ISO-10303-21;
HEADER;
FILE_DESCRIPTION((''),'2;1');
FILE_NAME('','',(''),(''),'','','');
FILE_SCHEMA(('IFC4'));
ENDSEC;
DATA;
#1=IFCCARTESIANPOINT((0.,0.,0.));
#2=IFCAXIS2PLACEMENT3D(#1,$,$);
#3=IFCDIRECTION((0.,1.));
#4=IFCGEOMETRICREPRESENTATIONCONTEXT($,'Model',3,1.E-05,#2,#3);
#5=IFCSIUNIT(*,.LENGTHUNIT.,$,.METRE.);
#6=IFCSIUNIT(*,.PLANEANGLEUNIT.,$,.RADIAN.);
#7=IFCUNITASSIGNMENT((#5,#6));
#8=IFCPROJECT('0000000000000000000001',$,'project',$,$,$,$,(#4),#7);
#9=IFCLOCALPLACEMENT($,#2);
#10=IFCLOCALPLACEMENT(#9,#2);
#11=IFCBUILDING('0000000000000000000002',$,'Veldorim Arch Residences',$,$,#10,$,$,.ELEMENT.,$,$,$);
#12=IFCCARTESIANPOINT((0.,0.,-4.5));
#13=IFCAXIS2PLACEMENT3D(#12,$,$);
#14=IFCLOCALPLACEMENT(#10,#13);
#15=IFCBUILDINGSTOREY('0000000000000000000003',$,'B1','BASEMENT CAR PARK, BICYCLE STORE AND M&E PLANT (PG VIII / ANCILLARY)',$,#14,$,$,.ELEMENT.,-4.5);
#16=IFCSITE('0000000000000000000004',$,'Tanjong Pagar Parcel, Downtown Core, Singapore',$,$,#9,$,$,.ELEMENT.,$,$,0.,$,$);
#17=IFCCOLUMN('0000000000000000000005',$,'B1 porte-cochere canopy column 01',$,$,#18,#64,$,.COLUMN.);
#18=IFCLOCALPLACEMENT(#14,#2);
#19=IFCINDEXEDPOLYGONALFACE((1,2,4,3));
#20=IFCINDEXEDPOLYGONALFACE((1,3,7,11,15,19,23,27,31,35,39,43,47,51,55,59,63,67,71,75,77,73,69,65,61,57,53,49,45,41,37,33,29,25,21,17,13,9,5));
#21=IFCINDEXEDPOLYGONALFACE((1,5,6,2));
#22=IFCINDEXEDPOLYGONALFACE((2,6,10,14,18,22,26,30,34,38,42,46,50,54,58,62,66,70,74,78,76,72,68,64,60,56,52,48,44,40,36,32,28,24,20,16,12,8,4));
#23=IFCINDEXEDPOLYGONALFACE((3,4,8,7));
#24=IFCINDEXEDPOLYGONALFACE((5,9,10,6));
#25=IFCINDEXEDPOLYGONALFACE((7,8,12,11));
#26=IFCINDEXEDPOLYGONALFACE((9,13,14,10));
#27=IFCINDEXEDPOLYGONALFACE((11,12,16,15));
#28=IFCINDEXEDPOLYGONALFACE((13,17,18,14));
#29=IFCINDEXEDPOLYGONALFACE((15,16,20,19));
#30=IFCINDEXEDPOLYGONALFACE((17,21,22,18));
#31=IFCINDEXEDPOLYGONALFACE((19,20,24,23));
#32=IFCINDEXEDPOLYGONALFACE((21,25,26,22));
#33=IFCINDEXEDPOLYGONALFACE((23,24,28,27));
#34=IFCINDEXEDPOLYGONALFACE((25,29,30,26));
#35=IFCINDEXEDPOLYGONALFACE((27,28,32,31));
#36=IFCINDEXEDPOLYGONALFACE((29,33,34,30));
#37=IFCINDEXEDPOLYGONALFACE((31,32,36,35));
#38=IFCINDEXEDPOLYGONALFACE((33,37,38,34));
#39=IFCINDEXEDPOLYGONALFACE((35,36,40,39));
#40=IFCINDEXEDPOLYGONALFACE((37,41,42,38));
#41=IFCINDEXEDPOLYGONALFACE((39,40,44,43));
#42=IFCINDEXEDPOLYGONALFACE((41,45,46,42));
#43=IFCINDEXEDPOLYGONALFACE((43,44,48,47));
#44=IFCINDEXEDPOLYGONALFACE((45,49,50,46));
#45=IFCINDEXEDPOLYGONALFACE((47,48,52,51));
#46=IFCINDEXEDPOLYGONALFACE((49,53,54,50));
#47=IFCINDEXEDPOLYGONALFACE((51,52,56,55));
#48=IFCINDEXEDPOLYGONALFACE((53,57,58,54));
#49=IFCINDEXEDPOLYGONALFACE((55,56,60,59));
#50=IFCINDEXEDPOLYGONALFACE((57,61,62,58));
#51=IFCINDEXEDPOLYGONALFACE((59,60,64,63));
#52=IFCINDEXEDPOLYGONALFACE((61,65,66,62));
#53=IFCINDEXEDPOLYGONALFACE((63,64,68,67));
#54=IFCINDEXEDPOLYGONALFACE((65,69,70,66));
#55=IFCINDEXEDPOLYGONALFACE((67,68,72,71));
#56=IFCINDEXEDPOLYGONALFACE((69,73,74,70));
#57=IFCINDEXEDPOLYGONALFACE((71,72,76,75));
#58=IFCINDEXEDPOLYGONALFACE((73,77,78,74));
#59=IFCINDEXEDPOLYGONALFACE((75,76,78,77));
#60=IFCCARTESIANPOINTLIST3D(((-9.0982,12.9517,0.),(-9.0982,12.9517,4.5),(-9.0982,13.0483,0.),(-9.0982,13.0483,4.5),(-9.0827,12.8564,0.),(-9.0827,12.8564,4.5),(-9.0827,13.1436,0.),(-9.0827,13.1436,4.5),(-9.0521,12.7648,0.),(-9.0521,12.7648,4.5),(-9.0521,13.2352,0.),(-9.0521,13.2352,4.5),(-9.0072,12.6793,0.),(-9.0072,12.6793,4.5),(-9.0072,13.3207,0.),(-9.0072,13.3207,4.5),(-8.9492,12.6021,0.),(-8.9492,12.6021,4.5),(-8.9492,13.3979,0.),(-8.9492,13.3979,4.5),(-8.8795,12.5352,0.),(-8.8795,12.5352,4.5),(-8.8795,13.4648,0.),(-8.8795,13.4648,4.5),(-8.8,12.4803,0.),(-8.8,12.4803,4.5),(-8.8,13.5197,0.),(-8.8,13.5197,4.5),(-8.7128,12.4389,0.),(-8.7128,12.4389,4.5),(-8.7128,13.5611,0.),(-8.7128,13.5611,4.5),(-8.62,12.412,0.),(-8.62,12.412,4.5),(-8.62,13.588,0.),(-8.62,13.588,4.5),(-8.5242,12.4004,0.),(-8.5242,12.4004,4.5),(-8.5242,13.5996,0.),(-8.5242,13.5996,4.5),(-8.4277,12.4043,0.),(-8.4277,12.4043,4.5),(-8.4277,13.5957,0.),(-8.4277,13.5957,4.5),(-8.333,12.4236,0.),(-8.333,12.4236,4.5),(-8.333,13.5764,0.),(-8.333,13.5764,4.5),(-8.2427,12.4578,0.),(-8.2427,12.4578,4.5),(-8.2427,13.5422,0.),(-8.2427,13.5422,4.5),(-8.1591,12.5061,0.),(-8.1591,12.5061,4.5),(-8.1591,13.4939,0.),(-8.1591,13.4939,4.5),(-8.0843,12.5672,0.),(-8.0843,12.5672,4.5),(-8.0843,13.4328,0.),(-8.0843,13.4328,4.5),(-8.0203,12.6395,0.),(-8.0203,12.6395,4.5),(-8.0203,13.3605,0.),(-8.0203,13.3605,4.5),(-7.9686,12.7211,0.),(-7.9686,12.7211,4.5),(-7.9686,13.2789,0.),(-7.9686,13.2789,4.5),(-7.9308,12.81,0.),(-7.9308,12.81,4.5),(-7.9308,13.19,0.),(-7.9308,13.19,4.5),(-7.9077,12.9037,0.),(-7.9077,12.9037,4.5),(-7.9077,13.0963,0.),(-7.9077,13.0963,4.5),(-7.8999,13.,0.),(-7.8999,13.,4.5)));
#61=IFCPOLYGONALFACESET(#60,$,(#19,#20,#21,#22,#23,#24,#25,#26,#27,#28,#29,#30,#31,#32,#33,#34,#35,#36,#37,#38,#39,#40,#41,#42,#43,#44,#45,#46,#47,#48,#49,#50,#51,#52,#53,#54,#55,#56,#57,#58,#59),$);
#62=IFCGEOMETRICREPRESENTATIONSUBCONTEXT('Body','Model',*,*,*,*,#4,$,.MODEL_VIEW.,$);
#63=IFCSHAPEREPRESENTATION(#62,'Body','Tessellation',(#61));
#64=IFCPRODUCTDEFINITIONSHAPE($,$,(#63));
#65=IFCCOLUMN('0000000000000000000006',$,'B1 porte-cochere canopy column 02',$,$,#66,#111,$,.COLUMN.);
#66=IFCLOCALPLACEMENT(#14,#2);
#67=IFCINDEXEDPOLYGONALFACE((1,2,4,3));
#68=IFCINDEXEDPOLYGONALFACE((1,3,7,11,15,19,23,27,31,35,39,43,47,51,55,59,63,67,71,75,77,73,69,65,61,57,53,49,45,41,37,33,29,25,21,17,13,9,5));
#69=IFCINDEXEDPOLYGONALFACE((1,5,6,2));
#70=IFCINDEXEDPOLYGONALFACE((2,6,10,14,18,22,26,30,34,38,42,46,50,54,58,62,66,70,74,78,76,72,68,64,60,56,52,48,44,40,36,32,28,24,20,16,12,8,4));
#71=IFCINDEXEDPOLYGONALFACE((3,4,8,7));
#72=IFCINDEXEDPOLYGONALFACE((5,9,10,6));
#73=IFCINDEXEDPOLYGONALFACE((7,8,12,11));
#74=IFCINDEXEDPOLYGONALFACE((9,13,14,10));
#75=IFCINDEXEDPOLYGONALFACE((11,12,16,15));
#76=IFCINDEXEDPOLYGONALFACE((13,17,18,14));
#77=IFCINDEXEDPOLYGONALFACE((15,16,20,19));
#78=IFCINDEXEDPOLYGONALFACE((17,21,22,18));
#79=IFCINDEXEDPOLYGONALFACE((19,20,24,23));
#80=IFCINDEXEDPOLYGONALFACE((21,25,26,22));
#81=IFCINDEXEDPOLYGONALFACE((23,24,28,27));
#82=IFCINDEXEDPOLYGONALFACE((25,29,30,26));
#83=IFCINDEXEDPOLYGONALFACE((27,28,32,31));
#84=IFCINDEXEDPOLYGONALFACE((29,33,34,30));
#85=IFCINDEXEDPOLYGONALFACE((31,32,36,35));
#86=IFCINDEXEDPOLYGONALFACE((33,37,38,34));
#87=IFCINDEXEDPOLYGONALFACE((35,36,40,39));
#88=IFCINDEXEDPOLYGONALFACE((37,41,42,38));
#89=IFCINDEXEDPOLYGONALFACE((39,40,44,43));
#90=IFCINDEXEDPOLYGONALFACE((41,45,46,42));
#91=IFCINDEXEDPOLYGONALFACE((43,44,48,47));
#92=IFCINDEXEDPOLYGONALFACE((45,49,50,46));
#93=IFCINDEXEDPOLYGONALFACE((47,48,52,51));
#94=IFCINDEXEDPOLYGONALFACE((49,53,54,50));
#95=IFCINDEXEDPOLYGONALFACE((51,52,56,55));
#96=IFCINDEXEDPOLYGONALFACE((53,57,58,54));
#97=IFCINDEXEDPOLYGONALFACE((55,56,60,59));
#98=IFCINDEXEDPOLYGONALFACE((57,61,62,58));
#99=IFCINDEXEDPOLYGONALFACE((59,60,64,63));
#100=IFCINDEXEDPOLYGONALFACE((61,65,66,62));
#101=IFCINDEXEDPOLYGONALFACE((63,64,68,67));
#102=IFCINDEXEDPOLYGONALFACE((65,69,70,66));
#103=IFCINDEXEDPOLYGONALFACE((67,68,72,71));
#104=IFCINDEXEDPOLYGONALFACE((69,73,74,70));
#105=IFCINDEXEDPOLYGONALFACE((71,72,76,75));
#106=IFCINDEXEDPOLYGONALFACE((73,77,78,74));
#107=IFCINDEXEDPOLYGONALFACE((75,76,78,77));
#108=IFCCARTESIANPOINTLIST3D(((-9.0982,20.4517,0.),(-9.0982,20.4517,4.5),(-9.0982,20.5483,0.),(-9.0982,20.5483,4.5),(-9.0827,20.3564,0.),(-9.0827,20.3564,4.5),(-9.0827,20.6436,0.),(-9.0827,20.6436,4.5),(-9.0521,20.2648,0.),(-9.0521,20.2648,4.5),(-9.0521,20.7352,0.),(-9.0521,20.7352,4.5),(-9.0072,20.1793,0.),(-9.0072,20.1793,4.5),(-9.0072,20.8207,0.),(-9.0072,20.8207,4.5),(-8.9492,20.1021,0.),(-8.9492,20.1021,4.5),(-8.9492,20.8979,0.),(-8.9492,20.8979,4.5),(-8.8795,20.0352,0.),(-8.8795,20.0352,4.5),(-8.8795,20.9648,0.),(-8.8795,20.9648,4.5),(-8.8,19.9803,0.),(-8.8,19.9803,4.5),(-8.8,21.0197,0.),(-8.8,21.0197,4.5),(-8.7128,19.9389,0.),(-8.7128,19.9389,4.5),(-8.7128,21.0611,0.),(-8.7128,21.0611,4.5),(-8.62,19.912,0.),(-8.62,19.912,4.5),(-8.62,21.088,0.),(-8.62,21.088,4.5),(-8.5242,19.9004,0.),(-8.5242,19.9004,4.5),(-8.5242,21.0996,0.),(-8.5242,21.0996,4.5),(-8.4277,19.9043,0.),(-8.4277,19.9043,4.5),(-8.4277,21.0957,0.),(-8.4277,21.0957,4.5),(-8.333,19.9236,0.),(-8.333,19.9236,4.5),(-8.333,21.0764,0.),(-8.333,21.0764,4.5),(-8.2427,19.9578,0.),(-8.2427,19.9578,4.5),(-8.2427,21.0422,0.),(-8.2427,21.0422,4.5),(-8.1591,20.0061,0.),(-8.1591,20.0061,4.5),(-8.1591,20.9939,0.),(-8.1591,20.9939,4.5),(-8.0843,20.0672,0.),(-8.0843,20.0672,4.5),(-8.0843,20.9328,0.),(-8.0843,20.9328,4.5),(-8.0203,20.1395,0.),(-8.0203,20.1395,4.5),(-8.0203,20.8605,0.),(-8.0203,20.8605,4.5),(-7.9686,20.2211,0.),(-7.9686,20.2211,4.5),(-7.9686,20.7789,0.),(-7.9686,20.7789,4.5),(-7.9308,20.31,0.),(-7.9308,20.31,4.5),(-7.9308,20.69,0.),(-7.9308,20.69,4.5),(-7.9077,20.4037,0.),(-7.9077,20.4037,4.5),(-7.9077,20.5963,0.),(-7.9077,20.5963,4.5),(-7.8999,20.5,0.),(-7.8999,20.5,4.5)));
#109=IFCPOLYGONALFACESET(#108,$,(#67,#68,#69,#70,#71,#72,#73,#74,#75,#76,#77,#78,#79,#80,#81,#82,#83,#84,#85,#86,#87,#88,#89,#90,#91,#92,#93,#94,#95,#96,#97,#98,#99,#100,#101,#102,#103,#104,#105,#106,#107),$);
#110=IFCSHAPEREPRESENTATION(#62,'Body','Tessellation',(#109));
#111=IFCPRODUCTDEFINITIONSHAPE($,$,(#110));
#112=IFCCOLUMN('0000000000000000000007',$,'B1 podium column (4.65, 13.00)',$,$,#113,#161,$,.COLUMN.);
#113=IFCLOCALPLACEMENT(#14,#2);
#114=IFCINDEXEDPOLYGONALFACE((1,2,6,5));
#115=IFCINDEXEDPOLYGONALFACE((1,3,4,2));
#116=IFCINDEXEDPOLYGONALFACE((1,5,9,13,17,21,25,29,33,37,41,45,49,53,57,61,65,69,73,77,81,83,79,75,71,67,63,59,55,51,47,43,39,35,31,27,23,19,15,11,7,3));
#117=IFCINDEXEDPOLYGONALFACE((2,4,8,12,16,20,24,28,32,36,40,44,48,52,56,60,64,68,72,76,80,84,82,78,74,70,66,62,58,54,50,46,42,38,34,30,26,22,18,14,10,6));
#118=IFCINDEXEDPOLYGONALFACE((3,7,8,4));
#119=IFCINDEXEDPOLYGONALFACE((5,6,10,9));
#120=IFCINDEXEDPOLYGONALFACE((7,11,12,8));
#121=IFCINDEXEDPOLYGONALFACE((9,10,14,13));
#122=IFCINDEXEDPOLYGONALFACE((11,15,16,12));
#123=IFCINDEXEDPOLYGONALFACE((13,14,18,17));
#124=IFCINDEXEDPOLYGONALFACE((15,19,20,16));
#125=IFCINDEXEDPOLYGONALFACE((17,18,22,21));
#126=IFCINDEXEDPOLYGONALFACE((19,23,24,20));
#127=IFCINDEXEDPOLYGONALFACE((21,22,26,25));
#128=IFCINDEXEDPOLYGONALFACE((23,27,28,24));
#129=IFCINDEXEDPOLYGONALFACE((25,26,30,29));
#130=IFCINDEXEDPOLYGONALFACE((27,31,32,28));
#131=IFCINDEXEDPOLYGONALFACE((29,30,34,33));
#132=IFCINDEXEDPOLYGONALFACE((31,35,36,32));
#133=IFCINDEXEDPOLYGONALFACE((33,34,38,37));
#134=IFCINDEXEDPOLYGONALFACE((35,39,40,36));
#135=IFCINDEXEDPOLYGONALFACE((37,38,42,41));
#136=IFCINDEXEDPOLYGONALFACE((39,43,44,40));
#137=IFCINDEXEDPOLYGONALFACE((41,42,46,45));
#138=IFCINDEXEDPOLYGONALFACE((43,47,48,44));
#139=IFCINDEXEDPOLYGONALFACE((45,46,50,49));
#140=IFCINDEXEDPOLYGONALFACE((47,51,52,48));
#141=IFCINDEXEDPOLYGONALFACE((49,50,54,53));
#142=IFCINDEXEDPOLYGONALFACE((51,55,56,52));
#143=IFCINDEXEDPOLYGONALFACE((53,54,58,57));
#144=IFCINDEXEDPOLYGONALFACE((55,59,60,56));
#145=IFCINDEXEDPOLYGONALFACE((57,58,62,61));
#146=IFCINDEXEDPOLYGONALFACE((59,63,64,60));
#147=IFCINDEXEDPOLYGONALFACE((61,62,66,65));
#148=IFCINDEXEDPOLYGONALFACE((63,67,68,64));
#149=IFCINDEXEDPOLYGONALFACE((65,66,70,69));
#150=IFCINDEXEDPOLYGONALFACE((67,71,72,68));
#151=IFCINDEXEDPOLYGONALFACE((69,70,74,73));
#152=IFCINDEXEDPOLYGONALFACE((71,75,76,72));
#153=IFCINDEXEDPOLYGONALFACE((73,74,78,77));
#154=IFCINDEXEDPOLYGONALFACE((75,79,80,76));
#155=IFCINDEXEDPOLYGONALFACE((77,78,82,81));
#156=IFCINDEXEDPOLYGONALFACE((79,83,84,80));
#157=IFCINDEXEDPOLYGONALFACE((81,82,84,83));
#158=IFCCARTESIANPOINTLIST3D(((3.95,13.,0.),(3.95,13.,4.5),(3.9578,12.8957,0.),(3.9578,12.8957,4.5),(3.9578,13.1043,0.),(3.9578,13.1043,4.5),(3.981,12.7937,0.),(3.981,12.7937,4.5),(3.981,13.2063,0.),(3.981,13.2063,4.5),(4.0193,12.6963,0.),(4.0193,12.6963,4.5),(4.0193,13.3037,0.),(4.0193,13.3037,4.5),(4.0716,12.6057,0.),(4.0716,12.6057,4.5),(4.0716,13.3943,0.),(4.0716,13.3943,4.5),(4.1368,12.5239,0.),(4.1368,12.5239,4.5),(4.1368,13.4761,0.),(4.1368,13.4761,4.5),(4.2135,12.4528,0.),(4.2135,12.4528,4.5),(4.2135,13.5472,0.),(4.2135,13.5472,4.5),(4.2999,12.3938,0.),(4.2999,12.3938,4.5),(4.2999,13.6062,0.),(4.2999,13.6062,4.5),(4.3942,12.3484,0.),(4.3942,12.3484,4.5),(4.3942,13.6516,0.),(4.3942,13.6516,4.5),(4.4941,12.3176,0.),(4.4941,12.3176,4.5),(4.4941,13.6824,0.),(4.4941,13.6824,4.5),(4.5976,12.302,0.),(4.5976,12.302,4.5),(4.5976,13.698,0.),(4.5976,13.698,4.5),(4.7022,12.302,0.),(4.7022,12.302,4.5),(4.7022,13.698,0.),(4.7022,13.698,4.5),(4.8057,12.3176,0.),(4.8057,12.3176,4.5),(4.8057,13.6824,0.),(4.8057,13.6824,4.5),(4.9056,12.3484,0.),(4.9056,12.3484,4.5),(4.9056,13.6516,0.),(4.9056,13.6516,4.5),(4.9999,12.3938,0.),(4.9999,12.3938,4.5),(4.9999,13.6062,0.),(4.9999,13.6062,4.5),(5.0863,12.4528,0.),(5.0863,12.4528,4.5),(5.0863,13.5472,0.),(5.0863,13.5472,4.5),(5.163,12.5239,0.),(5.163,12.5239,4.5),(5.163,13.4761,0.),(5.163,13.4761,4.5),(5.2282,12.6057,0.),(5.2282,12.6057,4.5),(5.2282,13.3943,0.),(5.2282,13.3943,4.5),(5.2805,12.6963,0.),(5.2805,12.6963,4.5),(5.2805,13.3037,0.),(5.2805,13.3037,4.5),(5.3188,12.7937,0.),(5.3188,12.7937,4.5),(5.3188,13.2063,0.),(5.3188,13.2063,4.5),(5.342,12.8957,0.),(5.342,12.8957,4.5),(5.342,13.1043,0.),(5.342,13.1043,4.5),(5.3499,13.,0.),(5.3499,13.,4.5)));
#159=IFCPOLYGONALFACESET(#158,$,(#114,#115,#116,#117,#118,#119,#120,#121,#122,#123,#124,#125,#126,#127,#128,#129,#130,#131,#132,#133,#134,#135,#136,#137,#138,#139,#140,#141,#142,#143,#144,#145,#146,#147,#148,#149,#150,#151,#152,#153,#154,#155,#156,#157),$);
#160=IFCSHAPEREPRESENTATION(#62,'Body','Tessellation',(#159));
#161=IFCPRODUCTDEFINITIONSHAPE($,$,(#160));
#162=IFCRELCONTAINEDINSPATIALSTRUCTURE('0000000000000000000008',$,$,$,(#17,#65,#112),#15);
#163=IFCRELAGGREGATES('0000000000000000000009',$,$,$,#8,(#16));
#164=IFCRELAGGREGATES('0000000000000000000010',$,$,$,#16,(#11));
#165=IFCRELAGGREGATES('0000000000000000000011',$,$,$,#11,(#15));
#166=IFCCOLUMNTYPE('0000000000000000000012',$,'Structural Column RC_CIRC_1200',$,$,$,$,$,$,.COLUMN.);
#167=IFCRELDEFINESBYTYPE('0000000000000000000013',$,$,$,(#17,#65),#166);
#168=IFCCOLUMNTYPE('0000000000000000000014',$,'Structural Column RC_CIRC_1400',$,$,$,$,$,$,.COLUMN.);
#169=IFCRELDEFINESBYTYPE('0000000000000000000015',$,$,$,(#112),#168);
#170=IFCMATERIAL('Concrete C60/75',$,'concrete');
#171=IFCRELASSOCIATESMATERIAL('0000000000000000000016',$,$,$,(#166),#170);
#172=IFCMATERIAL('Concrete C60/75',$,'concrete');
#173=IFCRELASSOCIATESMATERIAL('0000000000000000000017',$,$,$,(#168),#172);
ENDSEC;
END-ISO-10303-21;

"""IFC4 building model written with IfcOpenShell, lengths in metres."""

from ifc_helpers import new_model, si_unit, direction, frame, origin, origin_2d, place, context, subcontext, project, spatial, circle, extrude, material, material_profile, profile_set, type_object, element, save


model = new_model("IFC4")

# Units and contexts
model_context = context("Model", 3, precision=1e-05, world=origin(), true_north=direction((0.0, 1.0)))
body_context = subcontext(model_context, "Body", "Model", "MODEL_VIEW")
ifc_project = project(units=[si_unit("LENGTHUNIT", "METRE"), si_unit("PLANEANGLEUNIT", "RADIAN")], contexts=[model_context])

# Site, building, storey
site_placement = place(None, origin())
site = spatial("IfcSite", under=ifc_project, at=site_placement, Name="Tanjong Pagar Parcel, Downtown Core, Singapore", CompositionType="ELEMENT", RefElevation=0.0)
building_placement = place(site_placement, origin())
building = spatial("IfcBuilding", under=site, at=building_placement, Name="Veldorim Arch Residences", CompositionType="ELEMENT")
storey_placement = place(building_placement, frame((0.0, 0.0, -4.5)))
storey = spatial("IfcBuildingStorey", under=building, at=storey_placement, Name="B1", Description="BASEMENT CAR PARK, BICYCLE STORE AND M&E PLANT (PG VIII / ANCILLARY)", CompositionType="ELEMENT", Elevation=-4.5)

# Columns
ifc_material_1 = material(Name="Concrete C60/75", Category="concrete")
ifc_material_profile_1 = material_profile(ifc_material_1, circle(Radius=0.6001, at=origin_2d()), Name="RC_CIRC_1200")
ifc_profile_set_1 = profile_set([ifc_material_profile_1], Name="Concrete C60/75")
column_type_1 = type_object("IfcColumnType", Name="Structural Column RC_CIRC_1200", PredefinedType="COLUMN", material=ifc_profile_set_1)
for number, where, z_axis, x_axis, name in (
    (1, (-8.5, 13.0, 0.0), (0.0, 0.0, 1.0), (1.0, 0.0, 0.0), "B1 porte-cochere canopy column 01"),
    (2, (-8.5, 20.5, 0.0), (0.0, 0.0, 1.0), (1.0, 0.0, 0.0), "B1 porte-cochere canopy column 02"),
):
    element("IfcColumn", number, at=place(storey_placement, frame(where, z_axis=z_axis, x_axis=x_axis)), inside=storey, type_object=column_type_1, Name=name, PredefinedType="COLUMN", context=body_context, shape_type="SweptSolid", body=[
        extrude(circle(Radius=0.6001, at=origin_2d()), origin(), (0.0, 0.0, 1.0), 4.5),
    ])
ifc_material_2 = material(Name="Concrete C60/75", Category="concrete")
ifc_material_profile_2 = material_profile(ifc_material_2, circle(Radius=0.7, at=origin_2d()), Name="RC_CIRC_1400")
ifc_profile_set_2 = profile_set([ifc_material_profile_2], Name="Concrete C60/75")
column_type_2 = type_object("IfcColumnType", Name="Structural Column RC_CIRC_1400", PredefinedType="COLUMN", material=ifc_profile_set_2)
for number, where, z_axis, x_axis, name in (
    (3, (4.6499, 13.0, 0.0), (0.0, 0.0, 1.0), (1.0, 0.0, 0.0), "B1 podium column (4.65, 13.00)"),
):
    element("IfcColumn", number, at=place(storey_placement, frame(where, z_axis=z_axis, x_axis=x_axis)), inside=storey, type_object=column_type_2, Name=name, PredefinedType="COLUMN", context=body_context, shape_type="SweptSolid", body=[
        extrude(circle(Radius=0.7, at=origin_2d()), origin(), (0.0, 0.0, 1.0), 4.5),
    ])

save(model, "model.ifc")
